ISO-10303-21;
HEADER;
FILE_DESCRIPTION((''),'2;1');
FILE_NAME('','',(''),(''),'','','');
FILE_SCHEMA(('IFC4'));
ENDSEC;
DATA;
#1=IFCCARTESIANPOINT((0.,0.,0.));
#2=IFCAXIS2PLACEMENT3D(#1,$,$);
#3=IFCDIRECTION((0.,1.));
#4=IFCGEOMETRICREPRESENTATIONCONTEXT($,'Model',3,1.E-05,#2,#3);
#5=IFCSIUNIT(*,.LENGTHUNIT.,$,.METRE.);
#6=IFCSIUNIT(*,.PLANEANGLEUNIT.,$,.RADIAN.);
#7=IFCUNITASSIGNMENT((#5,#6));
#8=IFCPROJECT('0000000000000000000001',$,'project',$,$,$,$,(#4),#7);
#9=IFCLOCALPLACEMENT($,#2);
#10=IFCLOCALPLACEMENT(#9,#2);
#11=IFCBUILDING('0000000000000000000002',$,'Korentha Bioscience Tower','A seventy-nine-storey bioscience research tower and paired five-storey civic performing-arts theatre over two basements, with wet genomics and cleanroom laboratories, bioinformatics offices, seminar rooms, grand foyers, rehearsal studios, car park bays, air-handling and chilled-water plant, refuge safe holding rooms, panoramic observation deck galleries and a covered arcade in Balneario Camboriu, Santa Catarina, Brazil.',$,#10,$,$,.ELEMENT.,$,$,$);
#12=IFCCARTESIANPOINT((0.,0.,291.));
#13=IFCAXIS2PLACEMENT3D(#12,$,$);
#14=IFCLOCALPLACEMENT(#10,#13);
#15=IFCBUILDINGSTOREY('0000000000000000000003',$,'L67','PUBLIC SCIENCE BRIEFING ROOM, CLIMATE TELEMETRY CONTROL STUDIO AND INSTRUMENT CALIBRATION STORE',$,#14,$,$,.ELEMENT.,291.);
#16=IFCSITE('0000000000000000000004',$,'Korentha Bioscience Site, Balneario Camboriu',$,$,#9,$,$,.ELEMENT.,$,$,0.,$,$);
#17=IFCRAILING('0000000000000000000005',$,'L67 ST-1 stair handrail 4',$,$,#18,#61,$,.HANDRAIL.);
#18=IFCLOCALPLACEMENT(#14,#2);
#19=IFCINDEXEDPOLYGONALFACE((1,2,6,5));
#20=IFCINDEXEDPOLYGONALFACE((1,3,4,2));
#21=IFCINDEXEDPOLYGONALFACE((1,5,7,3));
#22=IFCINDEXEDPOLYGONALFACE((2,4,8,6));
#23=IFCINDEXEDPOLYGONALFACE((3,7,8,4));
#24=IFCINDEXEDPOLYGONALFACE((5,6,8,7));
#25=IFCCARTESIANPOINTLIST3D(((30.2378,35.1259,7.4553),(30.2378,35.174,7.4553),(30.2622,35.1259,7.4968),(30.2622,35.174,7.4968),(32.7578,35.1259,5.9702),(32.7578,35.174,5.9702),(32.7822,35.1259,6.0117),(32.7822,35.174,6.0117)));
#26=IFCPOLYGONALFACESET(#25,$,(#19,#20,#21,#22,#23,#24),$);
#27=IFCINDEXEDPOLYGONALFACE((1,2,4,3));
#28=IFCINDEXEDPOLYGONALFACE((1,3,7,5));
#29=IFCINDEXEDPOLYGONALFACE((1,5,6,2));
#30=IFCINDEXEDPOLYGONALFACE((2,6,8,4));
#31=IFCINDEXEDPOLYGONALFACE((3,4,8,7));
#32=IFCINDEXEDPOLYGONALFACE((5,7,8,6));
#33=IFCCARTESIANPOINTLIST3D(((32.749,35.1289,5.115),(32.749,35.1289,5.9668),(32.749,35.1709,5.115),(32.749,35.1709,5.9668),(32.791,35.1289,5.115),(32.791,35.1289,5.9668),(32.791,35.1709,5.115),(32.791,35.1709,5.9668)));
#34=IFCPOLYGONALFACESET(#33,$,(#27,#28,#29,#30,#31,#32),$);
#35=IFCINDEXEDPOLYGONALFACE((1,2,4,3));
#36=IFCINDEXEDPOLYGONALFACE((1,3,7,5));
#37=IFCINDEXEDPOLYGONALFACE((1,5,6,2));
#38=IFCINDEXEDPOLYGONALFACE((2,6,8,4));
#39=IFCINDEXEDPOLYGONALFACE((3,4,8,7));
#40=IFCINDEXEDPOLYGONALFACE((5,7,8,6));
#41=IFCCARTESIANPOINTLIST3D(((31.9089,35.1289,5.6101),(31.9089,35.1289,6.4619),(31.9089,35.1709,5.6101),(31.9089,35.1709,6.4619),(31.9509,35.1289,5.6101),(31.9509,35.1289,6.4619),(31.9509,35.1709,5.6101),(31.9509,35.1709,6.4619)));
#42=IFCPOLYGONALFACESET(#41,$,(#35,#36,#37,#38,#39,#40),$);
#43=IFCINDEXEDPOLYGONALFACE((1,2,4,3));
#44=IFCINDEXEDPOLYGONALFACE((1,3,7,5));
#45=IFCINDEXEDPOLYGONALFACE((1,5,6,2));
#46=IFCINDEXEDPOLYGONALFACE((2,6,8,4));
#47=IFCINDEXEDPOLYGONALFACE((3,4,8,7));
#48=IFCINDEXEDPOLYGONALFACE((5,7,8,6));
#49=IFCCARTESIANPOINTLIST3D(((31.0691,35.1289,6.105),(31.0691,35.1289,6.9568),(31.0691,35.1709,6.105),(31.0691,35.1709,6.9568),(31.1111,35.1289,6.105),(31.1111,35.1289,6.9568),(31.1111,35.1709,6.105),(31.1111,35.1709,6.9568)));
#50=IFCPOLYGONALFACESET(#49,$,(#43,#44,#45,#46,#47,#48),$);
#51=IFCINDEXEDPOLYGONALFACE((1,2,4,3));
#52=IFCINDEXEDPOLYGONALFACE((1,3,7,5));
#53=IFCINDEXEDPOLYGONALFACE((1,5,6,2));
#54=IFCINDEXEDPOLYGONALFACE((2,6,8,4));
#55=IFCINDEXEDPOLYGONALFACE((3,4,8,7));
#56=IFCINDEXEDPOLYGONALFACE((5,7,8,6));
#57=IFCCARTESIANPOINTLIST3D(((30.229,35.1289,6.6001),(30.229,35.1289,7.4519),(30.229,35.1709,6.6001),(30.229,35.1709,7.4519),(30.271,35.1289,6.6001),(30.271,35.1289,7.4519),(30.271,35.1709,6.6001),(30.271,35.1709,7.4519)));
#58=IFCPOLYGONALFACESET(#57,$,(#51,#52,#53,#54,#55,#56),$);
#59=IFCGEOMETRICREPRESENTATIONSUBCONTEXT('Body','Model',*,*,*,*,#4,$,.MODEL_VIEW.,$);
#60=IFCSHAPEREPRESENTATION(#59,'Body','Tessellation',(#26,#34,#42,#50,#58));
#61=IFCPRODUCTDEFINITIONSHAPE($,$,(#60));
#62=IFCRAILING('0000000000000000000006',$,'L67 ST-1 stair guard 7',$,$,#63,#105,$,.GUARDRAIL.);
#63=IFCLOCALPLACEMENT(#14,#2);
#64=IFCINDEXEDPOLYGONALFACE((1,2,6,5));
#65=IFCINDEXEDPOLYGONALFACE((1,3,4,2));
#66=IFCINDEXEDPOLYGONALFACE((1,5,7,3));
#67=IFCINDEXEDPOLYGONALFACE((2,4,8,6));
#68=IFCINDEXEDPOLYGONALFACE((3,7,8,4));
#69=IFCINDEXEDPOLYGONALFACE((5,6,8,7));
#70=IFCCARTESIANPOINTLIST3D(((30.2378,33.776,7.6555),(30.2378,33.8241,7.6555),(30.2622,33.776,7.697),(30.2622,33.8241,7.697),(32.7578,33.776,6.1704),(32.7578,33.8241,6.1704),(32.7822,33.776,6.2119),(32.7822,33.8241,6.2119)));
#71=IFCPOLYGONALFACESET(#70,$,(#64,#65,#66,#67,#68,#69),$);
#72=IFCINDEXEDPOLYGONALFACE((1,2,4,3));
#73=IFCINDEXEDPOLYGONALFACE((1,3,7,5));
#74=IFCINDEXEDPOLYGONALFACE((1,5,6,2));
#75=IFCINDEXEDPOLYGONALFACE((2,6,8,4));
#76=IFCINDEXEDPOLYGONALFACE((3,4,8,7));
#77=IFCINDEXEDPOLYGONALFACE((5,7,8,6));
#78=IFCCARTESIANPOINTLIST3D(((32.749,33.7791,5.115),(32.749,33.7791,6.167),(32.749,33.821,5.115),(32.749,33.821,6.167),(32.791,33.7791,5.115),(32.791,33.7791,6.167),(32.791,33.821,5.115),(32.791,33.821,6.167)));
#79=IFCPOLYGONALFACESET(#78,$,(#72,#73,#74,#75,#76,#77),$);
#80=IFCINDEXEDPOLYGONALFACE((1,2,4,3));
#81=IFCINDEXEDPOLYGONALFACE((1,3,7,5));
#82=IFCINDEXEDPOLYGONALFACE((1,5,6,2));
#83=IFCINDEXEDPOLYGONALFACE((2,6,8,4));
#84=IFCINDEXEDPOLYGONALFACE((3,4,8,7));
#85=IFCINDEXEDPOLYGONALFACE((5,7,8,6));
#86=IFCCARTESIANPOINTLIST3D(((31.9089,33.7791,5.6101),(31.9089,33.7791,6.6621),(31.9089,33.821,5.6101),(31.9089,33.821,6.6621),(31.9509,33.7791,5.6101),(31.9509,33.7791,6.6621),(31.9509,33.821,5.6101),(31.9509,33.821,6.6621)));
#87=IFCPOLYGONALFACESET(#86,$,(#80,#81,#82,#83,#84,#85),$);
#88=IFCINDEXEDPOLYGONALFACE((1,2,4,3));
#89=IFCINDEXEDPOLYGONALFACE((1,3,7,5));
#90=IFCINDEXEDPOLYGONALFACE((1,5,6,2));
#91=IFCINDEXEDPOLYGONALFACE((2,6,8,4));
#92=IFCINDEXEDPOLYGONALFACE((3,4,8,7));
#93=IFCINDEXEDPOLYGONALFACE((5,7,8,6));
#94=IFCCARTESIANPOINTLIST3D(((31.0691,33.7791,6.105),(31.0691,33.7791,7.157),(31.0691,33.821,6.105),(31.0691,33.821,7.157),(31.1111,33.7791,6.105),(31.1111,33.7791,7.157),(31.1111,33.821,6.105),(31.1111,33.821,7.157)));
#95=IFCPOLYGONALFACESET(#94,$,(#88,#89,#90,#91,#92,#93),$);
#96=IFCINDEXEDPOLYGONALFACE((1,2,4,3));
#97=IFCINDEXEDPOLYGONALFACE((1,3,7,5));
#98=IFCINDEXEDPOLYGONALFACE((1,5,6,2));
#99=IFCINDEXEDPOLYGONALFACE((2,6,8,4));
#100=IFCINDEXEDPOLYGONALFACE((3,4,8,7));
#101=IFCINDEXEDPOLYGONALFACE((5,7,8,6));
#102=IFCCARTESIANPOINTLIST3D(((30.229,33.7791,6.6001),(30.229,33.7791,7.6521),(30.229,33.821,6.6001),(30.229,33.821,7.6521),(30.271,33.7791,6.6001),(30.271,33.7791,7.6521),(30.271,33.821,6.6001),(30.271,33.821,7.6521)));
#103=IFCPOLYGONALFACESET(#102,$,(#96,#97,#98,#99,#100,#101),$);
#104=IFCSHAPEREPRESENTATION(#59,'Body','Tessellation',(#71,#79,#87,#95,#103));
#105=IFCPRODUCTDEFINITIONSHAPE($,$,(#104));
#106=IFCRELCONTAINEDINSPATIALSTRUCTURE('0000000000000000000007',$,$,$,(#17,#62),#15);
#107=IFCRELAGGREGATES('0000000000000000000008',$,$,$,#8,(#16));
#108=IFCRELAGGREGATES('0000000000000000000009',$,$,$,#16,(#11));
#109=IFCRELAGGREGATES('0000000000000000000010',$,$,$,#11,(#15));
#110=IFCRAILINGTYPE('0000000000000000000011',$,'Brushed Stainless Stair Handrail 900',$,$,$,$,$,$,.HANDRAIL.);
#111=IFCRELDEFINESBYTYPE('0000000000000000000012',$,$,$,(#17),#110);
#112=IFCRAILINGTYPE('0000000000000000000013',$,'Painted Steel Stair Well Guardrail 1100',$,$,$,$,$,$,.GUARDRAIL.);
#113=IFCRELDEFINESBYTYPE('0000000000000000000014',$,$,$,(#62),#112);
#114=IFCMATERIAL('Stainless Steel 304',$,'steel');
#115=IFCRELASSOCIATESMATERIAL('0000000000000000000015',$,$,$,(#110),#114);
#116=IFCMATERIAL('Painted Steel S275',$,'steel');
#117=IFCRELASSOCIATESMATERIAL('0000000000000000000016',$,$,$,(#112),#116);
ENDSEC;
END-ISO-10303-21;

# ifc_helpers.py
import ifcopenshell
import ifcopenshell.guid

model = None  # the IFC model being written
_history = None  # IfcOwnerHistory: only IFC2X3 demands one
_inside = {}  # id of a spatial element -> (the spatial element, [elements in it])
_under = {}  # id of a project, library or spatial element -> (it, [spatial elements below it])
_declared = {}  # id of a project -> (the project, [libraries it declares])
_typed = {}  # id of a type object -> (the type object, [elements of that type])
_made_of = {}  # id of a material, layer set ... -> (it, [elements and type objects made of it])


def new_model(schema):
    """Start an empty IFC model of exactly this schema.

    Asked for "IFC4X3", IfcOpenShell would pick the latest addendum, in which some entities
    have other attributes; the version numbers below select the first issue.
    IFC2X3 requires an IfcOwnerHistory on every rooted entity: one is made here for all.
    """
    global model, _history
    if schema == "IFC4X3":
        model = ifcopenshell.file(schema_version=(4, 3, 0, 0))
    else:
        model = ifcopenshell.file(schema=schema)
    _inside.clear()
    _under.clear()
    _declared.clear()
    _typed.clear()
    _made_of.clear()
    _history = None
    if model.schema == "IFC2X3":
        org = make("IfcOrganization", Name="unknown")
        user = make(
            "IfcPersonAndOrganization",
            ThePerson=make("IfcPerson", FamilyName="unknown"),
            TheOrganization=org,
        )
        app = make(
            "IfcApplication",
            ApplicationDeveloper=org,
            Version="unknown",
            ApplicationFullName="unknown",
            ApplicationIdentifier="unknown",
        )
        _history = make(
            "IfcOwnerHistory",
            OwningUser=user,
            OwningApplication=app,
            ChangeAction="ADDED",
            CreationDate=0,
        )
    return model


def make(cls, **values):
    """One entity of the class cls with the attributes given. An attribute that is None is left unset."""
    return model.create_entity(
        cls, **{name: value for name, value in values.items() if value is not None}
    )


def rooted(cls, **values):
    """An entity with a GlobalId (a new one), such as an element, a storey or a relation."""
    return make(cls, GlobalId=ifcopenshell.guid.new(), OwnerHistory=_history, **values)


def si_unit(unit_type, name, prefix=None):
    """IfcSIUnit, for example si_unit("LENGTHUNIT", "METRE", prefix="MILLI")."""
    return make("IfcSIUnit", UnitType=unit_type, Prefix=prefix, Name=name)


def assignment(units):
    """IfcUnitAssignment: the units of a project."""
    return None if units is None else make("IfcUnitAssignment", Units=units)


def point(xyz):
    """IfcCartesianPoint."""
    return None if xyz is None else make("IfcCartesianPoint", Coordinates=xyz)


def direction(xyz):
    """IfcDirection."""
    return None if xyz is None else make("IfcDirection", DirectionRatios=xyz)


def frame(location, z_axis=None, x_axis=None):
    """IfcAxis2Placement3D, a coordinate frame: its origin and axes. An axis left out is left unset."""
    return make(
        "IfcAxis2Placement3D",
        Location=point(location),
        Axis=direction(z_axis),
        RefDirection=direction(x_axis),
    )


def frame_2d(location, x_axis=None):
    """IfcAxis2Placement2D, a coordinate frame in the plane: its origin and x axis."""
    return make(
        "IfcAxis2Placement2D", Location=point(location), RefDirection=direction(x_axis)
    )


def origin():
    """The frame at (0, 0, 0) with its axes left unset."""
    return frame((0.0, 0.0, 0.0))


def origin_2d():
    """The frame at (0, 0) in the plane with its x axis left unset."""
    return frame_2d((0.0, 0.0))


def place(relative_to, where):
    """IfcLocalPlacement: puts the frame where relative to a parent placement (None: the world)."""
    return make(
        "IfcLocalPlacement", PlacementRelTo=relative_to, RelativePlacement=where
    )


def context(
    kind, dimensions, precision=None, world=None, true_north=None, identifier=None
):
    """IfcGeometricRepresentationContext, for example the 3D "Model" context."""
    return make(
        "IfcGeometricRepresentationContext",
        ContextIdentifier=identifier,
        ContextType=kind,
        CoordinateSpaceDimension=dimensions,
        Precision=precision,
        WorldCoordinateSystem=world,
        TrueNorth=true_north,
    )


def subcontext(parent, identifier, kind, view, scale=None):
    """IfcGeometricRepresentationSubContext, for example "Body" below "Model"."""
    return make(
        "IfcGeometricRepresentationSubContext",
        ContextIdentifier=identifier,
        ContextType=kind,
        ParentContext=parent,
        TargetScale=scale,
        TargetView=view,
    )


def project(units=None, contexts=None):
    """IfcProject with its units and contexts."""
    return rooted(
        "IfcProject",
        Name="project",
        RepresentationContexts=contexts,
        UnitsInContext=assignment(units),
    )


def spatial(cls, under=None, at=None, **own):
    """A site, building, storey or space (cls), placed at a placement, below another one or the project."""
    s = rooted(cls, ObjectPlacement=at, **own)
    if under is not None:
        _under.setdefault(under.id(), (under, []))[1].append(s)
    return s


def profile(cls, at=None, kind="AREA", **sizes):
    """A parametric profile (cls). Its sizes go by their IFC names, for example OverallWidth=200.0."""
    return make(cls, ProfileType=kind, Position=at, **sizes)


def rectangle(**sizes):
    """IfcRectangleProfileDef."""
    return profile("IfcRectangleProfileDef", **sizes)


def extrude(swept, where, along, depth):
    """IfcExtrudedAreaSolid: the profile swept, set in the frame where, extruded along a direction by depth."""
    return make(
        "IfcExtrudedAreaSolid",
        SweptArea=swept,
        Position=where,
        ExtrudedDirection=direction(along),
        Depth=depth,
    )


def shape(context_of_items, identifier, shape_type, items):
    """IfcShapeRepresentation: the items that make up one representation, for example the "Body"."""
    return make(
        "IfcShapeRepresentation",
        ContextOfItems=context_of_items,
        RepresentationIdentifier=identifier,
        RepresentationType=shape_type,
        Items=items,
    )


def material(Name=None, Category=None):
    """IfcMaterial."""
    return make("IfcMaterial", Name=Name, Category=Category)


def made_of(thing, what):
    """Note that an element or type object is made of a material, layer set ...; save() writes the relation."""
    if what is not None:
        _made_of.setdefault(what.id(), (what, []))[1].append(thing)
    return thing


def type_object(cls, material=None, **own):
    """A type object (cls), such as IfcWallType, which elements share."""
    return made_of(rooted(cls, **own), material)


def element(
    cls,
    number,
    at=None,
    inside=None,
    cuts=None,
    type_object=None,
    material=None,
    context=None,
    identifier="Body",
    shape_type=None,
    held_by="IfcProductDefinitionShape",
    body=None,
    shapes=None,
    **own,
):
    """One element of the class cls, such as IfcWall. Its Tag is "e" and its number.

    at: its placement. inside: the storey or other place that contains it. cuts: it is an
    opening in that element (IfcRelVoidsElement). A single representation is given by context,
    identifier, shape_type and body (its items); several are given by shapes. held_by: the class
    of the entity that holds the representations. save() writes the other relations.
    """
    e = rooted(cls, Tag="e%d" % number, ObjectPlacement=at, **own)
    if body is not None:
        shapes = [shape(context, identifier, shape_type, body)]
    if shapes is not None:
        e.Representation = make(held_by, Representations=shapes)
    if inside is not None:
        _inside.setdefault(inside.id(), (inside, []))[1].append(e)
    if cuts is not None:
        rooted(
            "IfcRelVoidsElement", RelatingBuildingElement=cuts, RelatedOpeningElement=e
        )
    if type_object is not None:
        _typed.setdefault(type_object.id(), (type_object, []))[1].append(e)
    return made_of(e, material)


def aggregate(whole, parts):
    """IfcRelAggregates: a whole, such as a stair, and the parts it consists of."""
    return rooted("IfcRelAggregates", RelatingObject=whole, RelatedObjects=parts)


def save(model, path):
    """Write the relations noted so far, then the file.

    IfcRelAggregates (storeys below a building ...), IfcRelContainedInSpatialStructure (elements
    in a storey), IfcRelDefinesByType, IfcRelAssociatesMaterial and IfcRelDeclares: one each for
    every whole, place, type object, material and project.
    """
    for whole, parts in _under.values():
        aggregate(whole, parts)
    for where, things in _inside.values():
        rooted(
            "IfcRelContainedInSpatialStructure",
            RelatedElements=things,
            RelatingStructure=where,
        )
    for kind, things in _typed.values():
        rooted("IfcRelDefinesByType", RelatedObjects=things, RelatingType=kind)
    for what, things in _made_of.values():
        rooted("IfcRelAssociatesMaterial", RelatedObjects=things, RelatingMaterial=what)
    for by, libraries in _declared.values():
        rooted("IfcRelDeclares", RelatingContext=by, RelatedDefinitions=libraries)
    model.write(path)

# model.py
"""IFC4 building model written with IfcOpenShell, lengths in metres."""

from ifc_helpers import new_model, si_unit, direction, frame, origin, origin_2d, place, context, subcontext, project, spatial, rectangle, extrude, material, type_object, element, save


model = new_model("IFC4")

# Units and contexts
model_context = context("Model", 3, precision=1e-05, world=origin(), true_north=direction((0.0, 1.0)))
body_context = subcontext(model_context, "Body", "Model", "MODEL_VIEW")
ifc_project = project(units=[si_unit("LENGTHUNIT", "METRE"), si_unit("PLANEANGLEUNIT", "RADIAN")], contexts=[model_context])

# Site, building, storey
site_placement = place(None, origin())
site = spatial("IfcSite", under=ifc_project, at=site_placement, Name="Korentha Bioscience Site, Balneario Camboriu", CompositionType="ELEMENT", RefElevation=0.0)
building_placement = place(site_placement, origin())
building = spatial("IfcBuilding", under=site, at=building_placement, Name="Korentha Bioscience Tower", Description="A seventy-nine-storey bioscience research tower and paired five-storey civic performing-arts theatre over two basements, with wet genomics and cleanroom laboratories, bioinformatics offices, seminar rooms, grand foyers, rehearsal studios, car park bays, air-handling and chilled-water plant, refuge safe holding rooms, panoramic observation deck galleries and a covered arcade in Balneario Camboriu, Santa Catarina, Brazil.", CompositionType="ELEMENT")
storey_placement = place(building_placement, frame((0.0, 0.0, 291.0)))
storey = spatial("IfcBuildingStorey", under=building, at=storey_placement, Name="L67", Description="PUBLIC SCIENCE BRIEFING ROOM, CLIMATE TELEMETRY CONTROL STUDIO AND INSTRUMENT CALIBRATION STORE", CompositionType="ELEMENT", Elevation=291.0)

# Railings
ifc_material_1 = material(Name="Stainless Steel 304", Category="steel")
railing_type_1 = type_object("IfcRailingType", Name="Brushed Stainless Stair Handrail 900", PredefinedType="HANDRAIL", material=ifc_material_1)
for number, where, name in (
    (1, (32.77, 35.1499, 5.115), "L67 ST-1 stair handrail 4"),
):
    element("IfcRailing", number, at=place(storey_placement, frame(where)), inside=storey, type_object=railing_type_1, Name=name, PredefinedType="HANDRAIL", context=body_context, shape_type="SweptSolid", body=[
        extrude(rectangle(XDim=0.0481, YDim=0.0481, at=origin_2d()), frame((0.0, 0.0, 0.876), z_axis=(-0.861524, 0.0, 0.507717), x_axis=(0.0, -1.0, 0.0)), (0.0, 0.0, 1.0), 2.925),
        extrude(rectangle(XDim=0.042, YDim=0.042, at=origin_2d()), origin(), (0.0, 0.0, 1.0), 0.8518),
        extrude(rectangle(XDim=0.042, YDim=0.042, at=origin_2d()), frame((-0.8401, 0.0, 0.4951)), (0.0, 0.0, 1.0), 0.8518),
        extrude(rectangle(XDim=0.042, YDim=0.042, at=origin_2d()), frame((-1.6799, 0.0, 0.99)), (0.0, 0.0, 1.0), 0.8518),
        extrude(rectangle(XDim=0.042, YDim=0.042, at=origin_2d()), frame((-2.52, 0.0, 1.4851)), (0.0, 0.0, 1.0), 0.8518),
    ])
ifc_material_2 = material(Name="Painted Steel S275", Category="steel")
railing_type_2 = type_object("IfcRailingType", Name="Painted Steel Stair Well Guardrail 1100", PredefinedType="GUARDRAIL", material=ifc_material_2)
railing_placement = place(storey_placement, frame((32.77, 33.8, 5.115)))
element("IfcRailing", 2, at=railing_placement, inside=storey, type_object=railing_type_2, Name="L67 ST-1 stair guard 7", PredefinedType="GUARDRAIL", context=body_context, shape_type="SweptSolid", body=[
    extrude(rectangle(XDim=0.0481, YDim=0.0481, at=origin_2d()), frame((0.0, 0.0, 1.0762), z_axis=(-0.861524, 0.0, 0.507717), x_axis=(0.0, -1.0, 0.0)), (0.0, 0.0, 1.0), 2.925),
    extrude(rectangle(XDim=0.042, YDim=0.042, at=origin_2d()), origin(), (0.0, 0.0, 1.0), 1.052),
    extrude(rectangle(XDim=0.042, YDim=0.042, at=origin_2d()), frame((-0.8401, 0.0, 0.4951)), (0.0, 0.0, 1.0), 1.052),
    extrude(rectangle(XDim=0.042, YDim=0.042, at=origin_2d()), frame((-1.6799, 0.0, 0.99)), (0.0, 0.0, 1.0), 1.052),
    extrude(rectangle(XDim=0.042, YDim=0.042, at=origin_2d()), frame((-2.52, 0.0, 1.4851)), (0.0, 0.0, 1.0), 1.052),
])

save(model, "model.ifc")
